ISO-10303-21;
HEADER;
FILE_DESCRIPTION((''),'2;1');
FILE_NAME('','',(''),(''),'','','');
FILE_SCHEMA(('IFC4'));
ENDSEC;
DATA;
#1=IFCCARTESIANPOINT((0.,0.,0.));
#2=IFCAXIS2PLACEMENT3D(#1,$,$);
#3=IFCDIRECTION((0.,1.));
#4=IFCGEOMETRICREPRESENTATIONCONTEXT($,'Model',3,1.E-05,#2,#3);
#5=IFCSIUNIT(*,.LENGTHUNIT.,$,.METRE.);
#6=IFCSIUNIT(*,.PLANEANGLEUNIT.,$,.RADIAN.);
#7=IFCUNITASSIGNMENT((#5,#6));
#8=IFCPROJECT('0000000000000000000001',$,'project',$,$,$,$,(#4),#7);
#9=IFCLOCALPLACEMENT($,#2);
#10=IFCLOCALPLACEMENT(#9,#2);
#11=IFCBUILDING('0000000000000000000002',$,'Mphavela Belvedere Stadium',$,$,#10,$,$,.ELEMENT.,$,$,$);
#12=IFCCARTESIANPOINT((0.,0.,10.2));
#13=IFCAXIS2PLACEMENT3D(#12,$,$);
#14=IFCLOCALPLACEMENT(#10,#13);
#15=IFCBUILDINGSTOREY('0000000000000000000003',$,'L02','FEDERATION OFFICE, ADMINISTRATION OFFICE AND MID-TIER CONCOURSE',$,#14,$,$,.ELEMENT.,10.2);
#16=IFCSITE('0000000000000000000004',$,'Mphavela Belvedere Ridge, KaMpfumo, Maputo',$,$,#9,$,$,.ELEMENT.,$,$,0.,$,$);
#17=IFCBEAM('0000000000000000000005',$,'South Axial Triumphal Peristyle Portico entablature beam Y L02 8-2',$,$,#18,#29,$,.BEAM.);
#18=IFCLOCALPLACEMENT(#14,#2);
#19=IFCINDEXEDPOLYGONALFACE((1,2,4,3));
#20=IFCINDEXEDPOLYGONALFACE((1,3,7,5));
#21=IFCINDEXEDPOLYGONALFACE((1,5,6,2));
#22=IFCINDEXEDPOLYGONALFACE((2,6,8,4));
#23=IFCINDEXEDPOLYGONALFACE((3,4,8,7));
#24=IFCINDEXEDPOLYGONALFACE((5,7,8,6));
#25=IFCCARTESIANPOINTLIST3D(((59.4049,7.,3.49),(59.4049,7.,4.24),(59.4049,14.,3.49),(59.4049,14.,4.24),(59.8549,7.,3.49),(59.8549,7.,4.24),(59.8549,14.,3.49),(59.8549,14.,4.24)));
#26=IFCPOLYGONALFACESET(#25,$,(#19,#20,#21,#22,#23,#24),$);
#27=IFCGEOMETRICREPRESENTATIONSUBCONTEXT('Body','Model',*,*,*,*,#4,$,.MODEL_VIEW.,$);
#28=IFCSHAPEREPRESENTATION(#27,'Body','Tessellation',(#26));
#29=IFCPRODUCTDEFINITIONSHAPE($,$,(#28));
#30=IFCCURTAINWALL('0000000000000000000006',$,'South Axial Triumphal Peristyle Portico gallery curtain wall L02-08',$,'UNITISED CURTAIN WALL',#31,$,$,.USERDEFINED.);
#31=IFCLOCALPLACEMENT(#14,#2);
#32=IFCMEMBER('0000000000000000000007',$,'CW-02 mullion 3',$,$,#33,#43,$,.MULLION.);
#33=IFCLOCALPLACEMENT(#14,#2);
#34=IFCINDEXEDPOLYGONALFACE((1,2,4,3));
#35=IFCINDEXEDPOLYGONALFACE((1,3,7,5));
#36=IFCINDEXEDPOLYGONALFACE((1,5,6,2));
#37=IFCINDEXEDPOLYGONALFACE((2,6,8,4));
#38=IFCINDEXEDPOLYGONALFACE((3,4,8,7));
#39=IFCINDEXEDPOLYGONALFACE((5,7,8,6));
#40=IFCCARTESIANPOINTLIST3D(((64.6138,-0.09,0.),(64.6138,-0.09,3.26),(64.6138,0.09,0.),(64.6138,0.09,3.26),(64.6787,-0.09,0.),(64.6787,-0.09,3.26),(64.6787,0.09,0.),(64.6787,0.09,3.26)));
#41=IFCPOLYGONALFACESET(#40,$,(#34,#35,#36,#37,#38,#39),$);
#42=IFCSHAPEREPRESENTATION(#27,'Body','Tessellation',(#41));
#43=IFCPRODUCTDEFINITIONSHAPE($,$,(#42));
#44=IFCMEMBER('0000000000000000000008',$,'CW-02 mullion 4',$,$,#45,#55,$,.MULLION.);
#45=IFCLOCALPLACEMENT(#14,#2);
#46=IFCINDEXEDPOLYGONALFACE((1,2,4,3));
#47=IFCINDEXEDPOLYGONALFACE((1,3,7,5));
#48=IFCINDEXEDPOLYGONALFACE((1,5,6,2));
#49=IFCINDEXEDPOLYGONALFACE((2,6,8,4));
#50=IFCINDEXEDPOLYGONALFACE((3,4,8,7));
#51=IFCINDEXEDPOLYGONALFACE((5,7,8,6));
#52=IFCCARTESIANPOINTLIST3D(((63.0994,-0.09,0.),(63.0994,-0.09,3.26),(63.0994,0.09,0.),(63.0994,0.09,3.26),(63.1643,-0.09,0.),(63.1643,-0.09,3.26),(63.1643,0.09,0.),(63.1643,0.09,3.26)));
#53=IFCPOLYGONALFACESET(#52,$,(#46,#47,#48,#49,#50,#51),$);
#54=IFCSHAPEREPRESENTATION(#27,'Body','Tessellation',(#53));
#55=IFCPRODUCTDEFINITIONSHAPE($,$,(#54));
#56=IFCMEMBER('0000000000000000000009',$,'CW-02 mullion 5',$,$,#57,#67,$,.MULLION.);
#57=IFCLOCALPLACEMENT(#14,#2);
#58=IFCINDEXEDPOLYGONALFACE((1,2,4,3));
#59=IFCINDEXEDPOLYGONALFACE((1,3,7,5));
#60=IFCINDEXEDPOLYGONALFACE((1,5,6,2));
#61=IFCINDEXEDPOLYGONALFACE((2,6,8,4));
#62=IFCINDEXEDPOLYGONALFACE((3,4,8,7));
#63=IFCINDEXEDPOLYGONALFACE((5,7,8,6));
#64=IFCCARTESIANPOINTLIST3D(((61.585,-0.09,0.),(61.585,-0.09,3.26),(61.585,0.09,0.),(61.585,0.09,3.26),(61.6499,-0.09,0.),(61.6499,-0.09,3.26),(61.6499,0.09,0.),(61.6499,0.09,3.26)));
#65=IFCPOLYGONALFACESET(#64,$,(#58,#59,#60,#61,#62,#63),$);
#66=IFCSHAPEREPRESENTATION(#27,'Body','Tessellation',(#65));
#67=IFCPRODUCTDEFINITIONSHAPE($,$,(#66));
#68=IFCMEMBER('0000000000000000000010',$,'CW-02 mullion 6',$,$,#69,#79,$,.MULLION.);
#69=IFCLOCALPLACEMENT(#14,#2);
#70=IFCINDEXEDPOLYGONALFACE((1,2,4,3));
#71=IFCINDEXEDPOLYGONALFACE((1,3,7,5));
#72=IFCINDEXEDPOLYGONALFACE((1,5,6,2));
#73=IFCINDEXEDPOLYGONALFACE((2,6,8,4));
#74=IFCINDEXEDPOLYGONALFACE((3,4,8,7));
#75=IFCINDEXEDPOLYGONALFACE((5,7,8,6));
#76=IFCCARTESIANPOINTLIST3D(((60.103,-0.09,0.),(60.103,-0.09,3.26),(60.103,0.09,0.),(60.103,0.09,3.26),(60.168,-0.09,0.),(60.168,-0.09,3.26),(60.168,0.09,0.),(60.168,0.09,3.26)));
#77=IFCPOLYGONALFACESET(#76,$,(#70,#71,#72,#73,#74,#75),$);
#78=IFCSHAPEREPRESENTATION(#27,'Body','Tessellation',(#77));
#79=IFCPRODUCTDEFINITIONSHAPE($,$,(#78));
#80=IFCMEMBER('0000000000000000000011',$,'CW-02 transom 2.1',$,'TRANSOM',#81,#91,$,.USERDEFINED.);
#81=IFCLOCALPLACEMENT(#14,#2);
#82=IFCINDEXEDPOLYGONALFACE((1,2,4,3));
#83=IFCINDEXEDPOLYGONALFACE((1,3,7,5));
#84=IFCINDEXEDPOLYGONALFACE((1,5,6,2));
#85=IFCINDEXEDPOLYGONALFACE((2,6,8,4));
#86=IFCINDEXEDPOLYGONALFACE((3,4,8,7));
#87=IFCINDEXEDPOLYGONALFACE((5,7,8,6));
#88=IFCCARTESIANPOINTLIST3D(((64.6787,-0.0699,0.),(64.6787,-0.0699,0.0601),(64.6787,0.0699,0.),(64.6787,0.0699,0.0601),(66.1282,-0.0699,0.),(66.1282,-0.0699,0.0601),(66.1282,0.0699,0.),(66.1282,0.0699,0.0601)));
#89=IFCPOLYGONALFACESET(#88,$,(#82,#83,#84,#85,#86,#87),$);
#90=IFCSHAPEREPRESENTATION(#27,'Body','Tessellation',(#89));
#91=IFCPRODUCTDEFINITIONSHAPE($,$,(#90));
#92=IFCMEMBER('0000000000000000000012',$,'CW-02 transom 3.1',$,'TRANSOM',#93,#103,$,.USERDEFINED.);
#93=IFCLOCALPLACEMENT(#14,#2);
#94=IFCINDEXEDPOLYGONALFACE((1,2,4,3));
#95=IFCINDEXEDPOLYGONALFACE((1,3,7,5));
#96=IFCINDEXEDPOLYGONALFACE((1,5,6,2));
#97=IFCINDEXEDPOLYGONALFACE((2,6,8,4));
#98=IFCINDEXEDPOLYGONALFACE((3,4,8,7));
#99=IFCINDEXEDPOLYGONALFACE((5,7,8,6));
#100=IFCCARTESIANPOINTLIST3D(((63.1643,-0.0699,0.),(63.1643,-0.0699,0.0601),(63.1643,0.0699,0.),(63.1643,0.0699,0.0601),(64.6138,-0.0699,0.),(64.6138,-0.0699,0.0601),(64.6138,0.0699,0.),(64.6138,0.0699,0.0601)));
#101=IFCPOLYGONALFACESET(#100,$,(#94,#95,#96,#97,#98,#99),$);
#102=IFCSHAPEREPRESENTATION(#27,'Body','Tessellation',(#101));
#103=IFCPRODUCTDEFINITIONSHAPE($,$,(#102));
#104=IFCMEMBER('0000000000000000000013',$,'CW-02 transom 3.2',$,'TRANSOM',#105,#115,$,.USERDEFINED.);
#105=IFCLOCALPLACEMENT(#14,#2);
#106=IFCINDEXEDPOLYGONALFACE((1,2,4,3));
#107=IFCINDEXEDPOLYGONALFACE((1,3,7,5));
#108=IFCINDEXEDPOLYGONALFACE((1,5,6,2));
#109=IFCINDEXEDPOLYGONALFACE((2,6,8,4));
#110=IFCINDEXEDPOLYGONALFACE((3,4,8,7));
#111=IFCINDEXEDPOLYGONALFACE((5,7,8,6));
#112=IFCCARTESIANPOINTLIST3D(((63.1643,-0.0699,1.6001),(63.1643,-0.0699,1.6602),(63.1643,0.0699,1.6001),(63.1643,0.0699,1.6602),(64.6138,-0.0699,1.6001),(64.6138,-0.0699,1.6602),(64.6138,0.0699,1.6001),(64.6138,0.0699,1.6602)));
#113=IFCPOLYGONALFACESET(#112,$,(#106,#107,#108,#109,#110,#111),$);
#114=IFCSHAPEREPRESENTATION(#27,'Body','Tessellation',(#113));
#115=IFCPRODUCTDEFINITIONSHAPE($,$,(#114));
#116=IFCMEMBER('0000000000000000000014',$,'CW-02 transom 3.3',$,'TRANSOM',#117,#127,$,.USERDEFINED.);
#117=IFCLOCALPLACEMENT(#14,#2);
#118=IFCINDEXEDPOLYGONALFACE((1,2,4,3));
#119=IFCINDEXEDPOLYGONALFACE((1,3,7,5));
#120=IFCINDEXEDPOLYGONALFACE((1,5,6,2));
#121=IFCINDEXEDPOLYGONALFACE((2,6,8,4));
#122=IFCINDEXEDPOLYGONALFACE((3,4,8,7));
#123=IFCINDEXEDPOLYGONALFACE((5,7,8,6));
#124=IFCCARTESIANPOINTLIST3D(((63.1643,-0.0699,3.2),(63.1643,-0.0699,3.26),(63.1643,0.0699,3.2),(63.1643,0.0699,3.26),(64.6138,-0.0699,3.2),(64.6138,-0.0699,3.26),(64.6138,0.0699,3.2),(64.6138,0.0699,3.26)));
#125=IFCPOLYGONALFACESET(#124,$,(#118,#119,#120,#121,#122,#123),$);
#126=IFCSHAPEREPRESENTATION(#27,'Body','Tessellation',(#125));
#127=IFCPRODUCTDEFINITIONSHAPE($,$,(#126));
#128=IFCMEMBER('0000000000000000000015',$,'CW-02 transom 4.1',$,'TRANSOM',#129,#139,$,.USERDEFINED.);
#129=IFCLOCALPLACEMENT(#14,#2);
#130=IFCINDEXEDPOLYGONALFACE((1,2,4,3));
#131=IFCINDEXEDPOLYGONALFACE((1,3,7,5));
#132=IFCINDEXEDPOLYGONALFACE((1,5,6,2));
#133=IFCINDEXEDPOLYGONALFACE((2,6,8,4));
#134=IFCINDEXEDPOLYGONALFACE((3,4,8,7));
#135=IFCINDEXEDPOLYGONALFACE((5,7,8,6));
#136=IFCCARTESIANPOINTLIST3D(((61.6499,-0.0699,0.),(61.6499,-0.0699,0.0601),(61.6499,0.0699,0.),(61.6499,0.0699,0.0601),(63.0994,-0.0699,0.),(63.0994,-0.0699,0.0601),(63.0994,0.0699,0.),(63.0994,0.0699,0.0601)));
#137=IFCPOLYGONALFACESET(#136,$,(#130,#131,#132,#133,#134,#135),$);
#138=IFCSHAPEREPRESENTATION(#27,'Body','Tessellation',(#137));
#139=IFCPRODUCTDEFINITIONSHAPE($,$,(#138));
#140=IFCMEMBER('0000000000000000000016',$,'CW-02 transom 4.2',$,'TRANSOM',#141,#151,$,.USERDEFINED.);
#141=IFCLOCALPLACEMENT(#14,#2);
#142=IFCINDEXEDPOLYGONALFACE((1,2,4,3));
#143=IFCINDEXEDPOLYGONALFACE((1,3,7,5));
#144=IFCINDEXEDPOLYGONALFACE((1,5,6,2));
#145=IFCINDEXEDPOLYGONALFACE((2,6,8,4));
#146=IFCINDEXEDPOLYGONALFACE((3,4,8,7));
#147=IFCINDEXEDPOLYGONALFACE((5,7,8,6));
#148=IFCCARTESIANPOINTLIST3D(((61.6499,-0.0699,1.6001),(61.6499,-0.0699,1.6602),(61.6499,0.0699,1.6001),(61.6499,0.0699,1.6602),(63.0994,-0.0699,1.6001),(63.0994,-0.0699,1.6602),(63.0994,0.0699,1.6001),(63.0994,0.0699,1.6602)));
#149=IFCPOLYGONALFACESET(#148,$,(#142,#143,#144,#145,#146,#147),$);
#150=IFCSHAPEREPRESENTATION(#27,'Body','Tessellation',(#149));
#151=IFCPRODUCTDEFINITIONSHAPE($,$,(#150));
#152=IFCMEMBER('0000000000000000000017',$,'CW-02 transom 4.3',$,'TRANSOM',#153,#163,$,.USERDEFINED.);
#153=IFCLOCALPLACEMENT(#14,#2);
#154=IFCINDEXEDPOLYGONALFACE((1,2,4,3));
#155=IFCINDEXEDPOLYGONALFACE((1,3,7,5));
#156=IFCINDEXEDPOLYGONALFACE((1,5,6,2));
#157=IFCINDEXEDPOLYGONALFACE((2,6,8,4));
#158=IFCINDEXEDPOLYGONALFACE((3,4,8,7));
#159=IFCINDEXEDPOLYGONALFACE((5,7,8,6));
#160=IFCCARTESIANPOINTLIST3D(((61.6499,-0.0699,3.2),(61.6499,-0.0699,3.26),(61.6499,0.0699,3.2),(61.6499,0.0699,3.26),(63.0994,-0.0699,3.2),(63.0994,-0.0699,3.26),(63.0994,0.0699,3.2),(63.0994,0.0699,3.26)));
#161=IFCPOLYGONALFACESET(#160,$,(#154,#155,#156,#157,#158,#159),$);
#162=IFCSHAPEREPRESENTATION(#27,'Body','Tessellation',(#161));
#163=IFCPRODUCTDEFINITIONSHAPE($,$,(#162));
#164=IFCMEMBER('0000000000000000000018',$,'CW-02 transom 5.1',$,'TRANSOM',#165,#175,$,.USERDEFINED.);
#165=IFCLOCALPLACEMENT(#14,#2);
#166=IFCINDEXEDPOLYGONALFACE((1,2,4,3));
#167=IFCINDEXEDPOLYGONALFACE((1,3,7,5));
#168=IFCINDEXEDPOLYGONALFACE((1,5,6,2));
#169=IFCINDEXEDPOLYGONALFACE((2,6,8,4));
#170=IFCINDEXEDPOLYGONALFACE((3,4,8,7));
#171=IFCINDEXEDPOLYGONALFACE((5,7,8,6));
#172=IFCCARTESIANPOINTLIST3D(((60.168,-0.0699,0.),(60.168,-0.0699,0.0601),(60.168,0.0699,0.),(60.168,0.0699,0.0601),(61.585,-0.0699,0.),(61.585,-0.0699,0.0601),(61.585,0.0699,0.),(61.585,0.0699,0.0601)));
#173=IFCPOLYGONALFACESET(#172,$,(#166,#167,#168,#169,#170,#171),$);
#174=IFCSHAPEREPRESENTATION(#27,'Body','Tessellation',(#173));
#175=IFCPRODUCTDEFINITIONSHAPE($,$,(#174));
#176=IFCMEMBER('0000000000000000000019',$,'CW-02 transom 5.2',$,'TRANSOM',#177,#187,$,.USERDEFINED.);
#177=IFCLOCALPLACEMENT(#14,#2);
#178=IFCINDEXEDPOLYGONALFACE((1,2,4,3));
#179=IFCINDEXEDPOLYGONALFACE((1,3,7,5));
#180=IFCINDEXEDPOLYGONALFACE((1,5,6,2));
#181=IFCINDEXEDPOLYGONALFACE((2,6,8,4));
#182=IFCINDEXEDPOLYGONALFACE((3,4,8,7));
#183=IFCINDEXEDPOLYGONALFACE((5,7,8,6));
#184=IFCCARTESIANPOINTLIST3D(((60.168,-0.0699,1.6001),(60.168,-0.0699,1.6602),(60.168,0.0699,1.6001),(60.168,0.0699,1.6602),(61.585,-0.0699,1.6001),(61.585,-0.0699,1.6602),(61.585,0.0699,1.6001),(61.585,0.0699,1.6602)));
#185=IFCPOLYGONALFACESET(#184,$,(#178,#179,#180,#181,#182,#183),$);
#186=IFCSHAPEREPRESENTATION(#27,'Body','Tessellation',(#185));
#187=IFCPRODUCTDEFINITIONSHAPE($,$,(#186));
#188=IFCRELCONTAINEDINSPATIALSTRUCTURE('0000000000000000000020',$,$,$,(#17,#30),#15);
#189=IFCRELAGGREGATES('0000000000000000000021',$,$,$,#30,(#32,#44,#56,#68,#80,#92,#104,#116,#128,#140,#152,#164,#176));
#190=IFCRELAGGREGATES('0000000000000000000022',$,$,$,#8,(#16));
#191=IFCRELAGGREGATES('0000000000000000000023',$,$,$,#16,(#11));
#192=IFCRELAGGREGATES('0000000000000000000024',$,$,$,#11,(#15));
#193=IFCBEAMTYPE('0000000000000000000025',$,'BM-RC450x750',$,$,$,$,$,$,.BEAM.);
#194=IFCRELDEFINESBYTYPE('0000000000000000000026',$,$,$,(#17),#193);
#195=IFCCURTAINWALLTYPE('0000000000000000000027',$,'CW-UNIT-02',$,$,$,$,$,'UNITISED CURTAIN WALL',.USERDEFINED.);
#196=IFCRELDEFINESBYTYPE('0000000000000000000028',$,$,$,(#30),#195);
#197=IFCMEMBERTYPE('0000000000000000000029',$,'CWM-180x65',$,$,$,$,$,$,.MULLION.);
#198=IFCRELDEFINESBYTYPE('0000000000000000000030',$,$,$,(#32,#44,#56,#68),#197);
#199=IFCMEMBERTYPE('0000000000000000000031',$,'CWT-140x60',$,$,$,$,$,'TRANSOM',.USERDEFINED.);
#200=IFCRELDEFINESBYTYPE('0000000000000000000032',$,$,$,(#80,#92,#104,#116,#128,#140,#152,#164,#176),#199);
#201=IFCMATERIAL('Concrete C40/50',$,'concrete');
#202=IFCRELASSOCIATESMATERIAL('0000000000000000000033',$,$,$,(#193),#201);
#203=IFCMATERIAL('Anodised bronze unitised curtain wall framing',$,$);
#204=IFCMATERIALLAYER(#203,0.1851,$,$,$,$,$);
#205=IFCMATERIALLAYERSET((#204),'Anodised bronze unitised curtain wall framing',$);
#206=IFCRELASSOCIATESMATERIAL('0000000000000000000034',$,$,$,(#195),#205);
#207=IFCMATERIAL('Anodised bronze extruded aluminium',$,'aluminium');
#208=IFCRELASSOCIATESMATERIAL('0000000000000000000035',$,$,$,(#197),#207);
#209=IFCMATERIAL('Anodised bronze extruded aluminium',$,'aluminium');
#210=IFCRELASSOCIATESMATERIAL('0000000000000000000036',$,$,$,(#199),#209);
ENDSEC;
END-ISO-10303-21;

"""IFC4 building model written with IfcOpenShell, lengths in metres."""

from ifc_helpers import new_model, si_unit, direction, frame, origin, origin_2d, place, context, subcontext, project, spatial, rectangle, extrude, material, layer, layer_set, material_profile, profile_set, type_object, element, aggregate, save


model = new_model("IFC4")

# Units and contexts
model_context = context("Model", 3, precision=1e-05, world=origin(), true_north=direction((0.0, 1.0)))
body_context = subcontext(model_context, "Body", "Model", "MODEL_VIEW")
ifc_project = project(units=[si_unit("LENGTHUNIT", "METRE"), si_unit("PLANEANGLEUNIT", "RADIAN")], contexts=[model_context])

# Site, building, storey
site_placement = place(None, origin())
site = spatial("IfcSite", under=ifc_project, at=site_placement, Name="Mphavela Belvedere Ridge, KaMpfumo, Maputo", CompositionType="ELEMENT", RefElevation=0.0)
building_placement = place(site_placement, origin())
building = spatial("IfcBuilding", under=site, at=building_placement, Name="Mphavela Belvedere Stadium", CompositionType="ELEMENT")
storey_placement = place(building_placement, frame((0.0, 0.0, 10.2)))
storey = spatial("IfcBuildingStorey", under=building, at=storey_placement, Name="L02", Description="FEDERATION OFFICE, ADMINISTRATION OFFICE AND MID-TIER CONCOURSE", CompositionType="ELEMENT", Elevation=10.2)

# Beam
ifc_material_1 = material(Name="Concrete C40/50", Category="concrete")
ifc_material_profile_1 = material_profile(ifc_material_1, rectangle(XDim=0.45, YDim=0.75, at=origin_2d()), Name="RC 450x750")
ifc_profile_set_1 = profile_set([ifc_material_profile_1], Name="Concrete C40/50")
beam_type_1 = type_object("IfcBeamType", Name="BM-RC450x750", PredefinedType="BEAM", material=ifc_profile_set_1)
beam_1_placement = place(storey_placement, frame((59.6299, 7.0, 3.865), z_axis=(0.0, 1.0, 0.0), x_axis=(-1.0, 0.0, 0.0)))
element("IfcBeam", 1, at=beam_1_placement, inside=storey, type_object=beam_type_1, Name="South Axial Triumphal Peristyle Portico entablature beam Y L02 8-2", PredefinedType="BEAM", context=body_context, shape_type="SweptSolid", body=[
    extrude(rectangle(XDim=0.45, YDim=0.75, at=origin_2d()), origin(), (0.0, 0.0, 1.0), 7.0),
])

# Curtain wall, members
ifc_material_2 = material(Name="Anodised bronze unitised curtain wall framing")
ifc_layer_1 = layer(ifc_material_2, 0.1851)
ifc_layer_set_1 = layer_set([ifc_layer_1], Name="Anodised bronze unitised curtain wall framing")
curtain_wall_type = type_object("IfcCurtainWallType", Name="CW-UNIT-02", ElementType="UNITISED CURTAIN WALL", PredefinedType="USERDEFINED", material=ifc_layer_set_1)
curtain_wall_placement = place(storey_placement, origin())
curtain_wall = element("IfcCurtainWall", 2, at=curtain_wall_placement, inside=storey, type_object=curtain_wall_type, Name="South Axial Triumphal Peristyle Portico gallery curtain wall L02-08", ObjectType="UNITISED CURTAIN WALL", PredefinedType="USERDEFINED")
ifc_material_3 = material(Name="Anodised bronze extruded aluminium", Category="aluminium")
ifc_material_profile_2 = material_profile(ifc_material_3, rectangle(XDim=0.1799, YDim=0.0649, at=origin_2d()), Name="CW-MUL 180x65")
ifc_profile_set_2 = profile_set([ifc_material_profile_2], Name="Anodised bronze extruded aluminium")
member_type_1 = type_object("IfcMemberType", Name="CWM-180x65", PredefinedType="MULLION", material=ifc_profile_set_2)
member_1_placement = place(storey_placement, frame((64.6462, 0.0, 0.0), z_axis=(0.0, 0.0, 1.0), x_axis=(0.0, -1.0, 0.0)))
member_1 = element("IfcMember", 3, at=member_1_placement, type_object=member_type_1, Name="CW-02 mullion 3", PredefinedType="MULLION", context=body_context, shape_type="SweptSolid", body=[
    extrude(rectangle(XDim=0.1799, YDim=0.0649, at=origin_2d()), origin(), (0.0, 0.0, 1.0), 3.26),
])
member_2_placement = place(storey_placement, frame((63.1318, 0.0, 0.0), z_axis=(0.0, 0.0, 1.0), x_axis=(0.0, -1.0, 0.0)))
member_2 = element("IfcMember", 4, at=member_2_placement, type_object=member_type_1, Name="CW-02 mullion 4", PredefinedType="MULLION", context=body_context, shape_type="SweptSolid", body=[
    extrude(rectangle(XDim=0.1799, YDim=0.0649, at=origin_2d()), origin(), (0.0, 0.0, 1.0), 3.26),
])
member_3_placement = place(storey_placement, frame((61.6174, 0.0, 0.0), z_axis=(0.0, 0.0, 1.0), x_axis=(0.0, -1.0, 0.0)))
member_3 = element("IfcMember", 5, at=member_3_placement, type_object=member_type_1, Name="CW-02 mullion 5", PredefinedType="MULLION", context=body_context, shape_type="SweptSolid", body=[
    extrude(rectangle(XDim=0.1799, YDim=0.0649, at=origin_2d()), origin(), (0.0, 0.0, 1.0), 3.26),
])
member_4_placement = place(storey_placement, frame((60.1355, 0.0, 0.0), z_axis=(0.0, 0.0, 1.0), x_axis=(0.0, -1.0, 0.0)))
member_4 = element("IfcMember", 6, at=member_4_placement, type_object=member_type_1, Name="CW-02 mullion 6", PredefinedType="MULLION", context=body_context, shape_type="SweptSolid", body=[
    extrude(rectangle(XDim=0.1799, YDim=0.0649, at=origin_2d()), origin(), (0.0, 0.0, 1.0), 3.26),
])
ifc_material_4 = material(Name="Anodised bronze extruded aluminium", Category="aluminium")
ifc_material_profile_3 = material_profile(ifc_material_4, rectangle(XDim=0.1399, YDim=0.0601, at=origin_2d()), Name="CW-TRN 140x60")
ifc_profile_set_3 = profile_set([ifc_material_profile_3], Name="Anodised bronze extruded aluminium")
member_type_2 = type_object("IfcMemberType", Name="CWT-140x60", ElementType="TRANSOM", PredefinedType="USERDEFINED", material=ifc_profile_set_3)
member_5_placement = place(storey_placement, frame((66.1282, 0.0, 0.03), z_axis=(-1.0, 0.0, 0.0), x_axis=(0.0, -1.0, 0.0)))
member_5 = element("IfcMember", 7, at=member_5_placement, type_object=member_type_2, Name="CW-02 transom 2.1", ObjectType="TRANSOM", PredefinedType="USERDEFINED", context=body_context, shape_type="SweptSolid", body=[
    extrude(rectangle(XDim=0.1399, YDim=0.0601, at=origin_2d()), origin(), (0.0, 0.0, 1.0), 1.4495),
])
member_6_placement = place(storey_placement, frame((64.6138, 0.0, 0.03), z_axis=(-1.0, 0.0, 0.0), x_axis=(0.0, -1.0, 0.0)))
member_6 = element("IfcMember", 8, at=member_6_placement, type_object=member_type_2, Name="CW-02 transom 3.1", ObjectType="TRANSOM", PredefinedType="USERDEFINED", context=body_context, shape_type="SweptSolid", body=[
    extrude(rectangle(XDim=0.1399, YDim=0.0601, at=origin_2d()), origin(), (0.0, 0.0, 1.0), 1.4495),
])
member_7_placement = place(storey_placement, frame((64.6138, 0.0, 1.6301), z_axis=(-1.0, 0.0, 0.0), x_axis=(0.0, -1.0, 0.0)))
member_7 = element("IfcMember", 9, at=member_7_placement, type_object=member_type_2, Name="CW-02 transom 3.2", ObjectType="TRANSOM", PredefinedType="USERDEFINED", context=body_context, shape_type="SweptSolid", body=[
    extrude(rectangle(XDim=0.1399, YDim=0.0601, at=origin_2d()), origin(), (0.0, 0.0, 1.0), 1.4495),
])
member_8_placement = place(storey_placement, frame((64.6138, 0.0, 3.23), z_axis=(-1.0, 0.0, 0.0), x_axis=(0.0, -1.0, 0.0)))
member_8 = element("IfcMember", 10, at=member_8_placement, type_object=member_type_2, Name="CW-02 transom 3.3", ObjectType="TRANSOM", PredefinedType="USERDEFINED", context=body_context, shape_type="SweptSolid", body=[
    extrude(rectangle(XDim=0.1399, YDim=0.0601, at=origin_2d()), origin(), (0.0, 0.0, 1.0), 1.4495),
])
member_9_placement = place(storey_placement, frame((63.0994, 0.0, 0.03), z_axis=(-1.0, 0.0, 0.0), x_axis=(0.0, -1.0, 0.0)))
member_9 = element("IfcMember", 11, at=member_9_placement, type_object=member_type_2, Name="CW-02 transom 4.1", ObjectType="TRANSOM", PredefinedType="USERDEFINED", context=body_context, shape_type="SweptSolid", body=[
    extrude(rectangle(XDim=0.1399, YDim=0.0601, at=origin_2d()), origin(), (0.0, 0.0, 1.0), 1.4495),
])
member_10_placement = place(storey_placement, frame((63.0994, 0.0, 1.6301), z_axis=(-1.0, 0.0, 0.0), x_axis=(0.0, -1.0, 0.0)))
member_10 = element("IfcMember", 12, at=member_10_placement, type_object=member_type_2, Name="CW-02 transom 4.2", ObjectType="TRANSOM", PredefinedType="USERDEFINED", context=body_context, shape_type="SweptSolid", body=[
    extrude(rectangle(XDim=0.1399, YDim=0.0601, at=origin_2d()), origin(), (0.0, 0.0, 1.0), 1.4495),
])
member_11_placement = place(storey_placement, frame((63.0994, 0.0, 3.23), z_axis=(-1.0, 0.0, 0.0), x_axis=(0.0, -1.0, 0.0)))
member_11 = element("IfcMember", 13, at=member_11_placement, type_object=member_type_2, Name="CW-02 transom 4.3", ObjectType="TRANSOM", PredefinedType="USERDEFINED", context=body_context, shape_type="SweptSolid", body=[
    extrude(rectangle(XDim=0.1399, YDim=0.0601, at=origin_2d()), origin(), (0.0, 0.0, 1.0), 1.4495),
])
member_12_placement = place(storey_placement, frame((61.585, 0.0, 0.03), z_axis=(-1.0, 0.0, 0.0), x_axis=(0.0, -1.0, 0.0)))
member_12 = element("IfcMember", 14, at=member_12_placement, type_object=member_type_2, Name="CW-02 transom 5.1", ObjectType="TRANSOM", PredefinedType="USERDEFINED", context=body_context, shape_type="SweptSolid", body=[
    extrude(rectangle(XDim=0.1399, YDim=0.0601, at=origin_2d()), origin(), (0.0, 0.0, 1.0), 1.417),
])
member_13_placement = place(storey_placement, frame((61.585, 0.0, 1.6301), z_axis=(-1.0, 0.0, 0.0), x_axis=(0.0, -1.0, 0.0)))
member_13 = element("IfcMember", 15, at=member_13_placement, type_object=member_type_2, Name="CW-02 transom 5.2", ObjectType="TRANSOM", PredefinedType="USERDEFINED", context=body_context, shape_type="SweptSolid", body=[
    extrude(rectangle(XDim=0.1399, YDim=0.0601, at=origin_2d()), origin(), (0.0, 0.0, 1.0), 1.417),
])
aggregate(curtain_wall, [member_1, member_2, member_3, member_4, member_5, member_6, member_7, member_8, member_9, member_10, member_11, member_12, member_13])

save(model, "model.ifc")
